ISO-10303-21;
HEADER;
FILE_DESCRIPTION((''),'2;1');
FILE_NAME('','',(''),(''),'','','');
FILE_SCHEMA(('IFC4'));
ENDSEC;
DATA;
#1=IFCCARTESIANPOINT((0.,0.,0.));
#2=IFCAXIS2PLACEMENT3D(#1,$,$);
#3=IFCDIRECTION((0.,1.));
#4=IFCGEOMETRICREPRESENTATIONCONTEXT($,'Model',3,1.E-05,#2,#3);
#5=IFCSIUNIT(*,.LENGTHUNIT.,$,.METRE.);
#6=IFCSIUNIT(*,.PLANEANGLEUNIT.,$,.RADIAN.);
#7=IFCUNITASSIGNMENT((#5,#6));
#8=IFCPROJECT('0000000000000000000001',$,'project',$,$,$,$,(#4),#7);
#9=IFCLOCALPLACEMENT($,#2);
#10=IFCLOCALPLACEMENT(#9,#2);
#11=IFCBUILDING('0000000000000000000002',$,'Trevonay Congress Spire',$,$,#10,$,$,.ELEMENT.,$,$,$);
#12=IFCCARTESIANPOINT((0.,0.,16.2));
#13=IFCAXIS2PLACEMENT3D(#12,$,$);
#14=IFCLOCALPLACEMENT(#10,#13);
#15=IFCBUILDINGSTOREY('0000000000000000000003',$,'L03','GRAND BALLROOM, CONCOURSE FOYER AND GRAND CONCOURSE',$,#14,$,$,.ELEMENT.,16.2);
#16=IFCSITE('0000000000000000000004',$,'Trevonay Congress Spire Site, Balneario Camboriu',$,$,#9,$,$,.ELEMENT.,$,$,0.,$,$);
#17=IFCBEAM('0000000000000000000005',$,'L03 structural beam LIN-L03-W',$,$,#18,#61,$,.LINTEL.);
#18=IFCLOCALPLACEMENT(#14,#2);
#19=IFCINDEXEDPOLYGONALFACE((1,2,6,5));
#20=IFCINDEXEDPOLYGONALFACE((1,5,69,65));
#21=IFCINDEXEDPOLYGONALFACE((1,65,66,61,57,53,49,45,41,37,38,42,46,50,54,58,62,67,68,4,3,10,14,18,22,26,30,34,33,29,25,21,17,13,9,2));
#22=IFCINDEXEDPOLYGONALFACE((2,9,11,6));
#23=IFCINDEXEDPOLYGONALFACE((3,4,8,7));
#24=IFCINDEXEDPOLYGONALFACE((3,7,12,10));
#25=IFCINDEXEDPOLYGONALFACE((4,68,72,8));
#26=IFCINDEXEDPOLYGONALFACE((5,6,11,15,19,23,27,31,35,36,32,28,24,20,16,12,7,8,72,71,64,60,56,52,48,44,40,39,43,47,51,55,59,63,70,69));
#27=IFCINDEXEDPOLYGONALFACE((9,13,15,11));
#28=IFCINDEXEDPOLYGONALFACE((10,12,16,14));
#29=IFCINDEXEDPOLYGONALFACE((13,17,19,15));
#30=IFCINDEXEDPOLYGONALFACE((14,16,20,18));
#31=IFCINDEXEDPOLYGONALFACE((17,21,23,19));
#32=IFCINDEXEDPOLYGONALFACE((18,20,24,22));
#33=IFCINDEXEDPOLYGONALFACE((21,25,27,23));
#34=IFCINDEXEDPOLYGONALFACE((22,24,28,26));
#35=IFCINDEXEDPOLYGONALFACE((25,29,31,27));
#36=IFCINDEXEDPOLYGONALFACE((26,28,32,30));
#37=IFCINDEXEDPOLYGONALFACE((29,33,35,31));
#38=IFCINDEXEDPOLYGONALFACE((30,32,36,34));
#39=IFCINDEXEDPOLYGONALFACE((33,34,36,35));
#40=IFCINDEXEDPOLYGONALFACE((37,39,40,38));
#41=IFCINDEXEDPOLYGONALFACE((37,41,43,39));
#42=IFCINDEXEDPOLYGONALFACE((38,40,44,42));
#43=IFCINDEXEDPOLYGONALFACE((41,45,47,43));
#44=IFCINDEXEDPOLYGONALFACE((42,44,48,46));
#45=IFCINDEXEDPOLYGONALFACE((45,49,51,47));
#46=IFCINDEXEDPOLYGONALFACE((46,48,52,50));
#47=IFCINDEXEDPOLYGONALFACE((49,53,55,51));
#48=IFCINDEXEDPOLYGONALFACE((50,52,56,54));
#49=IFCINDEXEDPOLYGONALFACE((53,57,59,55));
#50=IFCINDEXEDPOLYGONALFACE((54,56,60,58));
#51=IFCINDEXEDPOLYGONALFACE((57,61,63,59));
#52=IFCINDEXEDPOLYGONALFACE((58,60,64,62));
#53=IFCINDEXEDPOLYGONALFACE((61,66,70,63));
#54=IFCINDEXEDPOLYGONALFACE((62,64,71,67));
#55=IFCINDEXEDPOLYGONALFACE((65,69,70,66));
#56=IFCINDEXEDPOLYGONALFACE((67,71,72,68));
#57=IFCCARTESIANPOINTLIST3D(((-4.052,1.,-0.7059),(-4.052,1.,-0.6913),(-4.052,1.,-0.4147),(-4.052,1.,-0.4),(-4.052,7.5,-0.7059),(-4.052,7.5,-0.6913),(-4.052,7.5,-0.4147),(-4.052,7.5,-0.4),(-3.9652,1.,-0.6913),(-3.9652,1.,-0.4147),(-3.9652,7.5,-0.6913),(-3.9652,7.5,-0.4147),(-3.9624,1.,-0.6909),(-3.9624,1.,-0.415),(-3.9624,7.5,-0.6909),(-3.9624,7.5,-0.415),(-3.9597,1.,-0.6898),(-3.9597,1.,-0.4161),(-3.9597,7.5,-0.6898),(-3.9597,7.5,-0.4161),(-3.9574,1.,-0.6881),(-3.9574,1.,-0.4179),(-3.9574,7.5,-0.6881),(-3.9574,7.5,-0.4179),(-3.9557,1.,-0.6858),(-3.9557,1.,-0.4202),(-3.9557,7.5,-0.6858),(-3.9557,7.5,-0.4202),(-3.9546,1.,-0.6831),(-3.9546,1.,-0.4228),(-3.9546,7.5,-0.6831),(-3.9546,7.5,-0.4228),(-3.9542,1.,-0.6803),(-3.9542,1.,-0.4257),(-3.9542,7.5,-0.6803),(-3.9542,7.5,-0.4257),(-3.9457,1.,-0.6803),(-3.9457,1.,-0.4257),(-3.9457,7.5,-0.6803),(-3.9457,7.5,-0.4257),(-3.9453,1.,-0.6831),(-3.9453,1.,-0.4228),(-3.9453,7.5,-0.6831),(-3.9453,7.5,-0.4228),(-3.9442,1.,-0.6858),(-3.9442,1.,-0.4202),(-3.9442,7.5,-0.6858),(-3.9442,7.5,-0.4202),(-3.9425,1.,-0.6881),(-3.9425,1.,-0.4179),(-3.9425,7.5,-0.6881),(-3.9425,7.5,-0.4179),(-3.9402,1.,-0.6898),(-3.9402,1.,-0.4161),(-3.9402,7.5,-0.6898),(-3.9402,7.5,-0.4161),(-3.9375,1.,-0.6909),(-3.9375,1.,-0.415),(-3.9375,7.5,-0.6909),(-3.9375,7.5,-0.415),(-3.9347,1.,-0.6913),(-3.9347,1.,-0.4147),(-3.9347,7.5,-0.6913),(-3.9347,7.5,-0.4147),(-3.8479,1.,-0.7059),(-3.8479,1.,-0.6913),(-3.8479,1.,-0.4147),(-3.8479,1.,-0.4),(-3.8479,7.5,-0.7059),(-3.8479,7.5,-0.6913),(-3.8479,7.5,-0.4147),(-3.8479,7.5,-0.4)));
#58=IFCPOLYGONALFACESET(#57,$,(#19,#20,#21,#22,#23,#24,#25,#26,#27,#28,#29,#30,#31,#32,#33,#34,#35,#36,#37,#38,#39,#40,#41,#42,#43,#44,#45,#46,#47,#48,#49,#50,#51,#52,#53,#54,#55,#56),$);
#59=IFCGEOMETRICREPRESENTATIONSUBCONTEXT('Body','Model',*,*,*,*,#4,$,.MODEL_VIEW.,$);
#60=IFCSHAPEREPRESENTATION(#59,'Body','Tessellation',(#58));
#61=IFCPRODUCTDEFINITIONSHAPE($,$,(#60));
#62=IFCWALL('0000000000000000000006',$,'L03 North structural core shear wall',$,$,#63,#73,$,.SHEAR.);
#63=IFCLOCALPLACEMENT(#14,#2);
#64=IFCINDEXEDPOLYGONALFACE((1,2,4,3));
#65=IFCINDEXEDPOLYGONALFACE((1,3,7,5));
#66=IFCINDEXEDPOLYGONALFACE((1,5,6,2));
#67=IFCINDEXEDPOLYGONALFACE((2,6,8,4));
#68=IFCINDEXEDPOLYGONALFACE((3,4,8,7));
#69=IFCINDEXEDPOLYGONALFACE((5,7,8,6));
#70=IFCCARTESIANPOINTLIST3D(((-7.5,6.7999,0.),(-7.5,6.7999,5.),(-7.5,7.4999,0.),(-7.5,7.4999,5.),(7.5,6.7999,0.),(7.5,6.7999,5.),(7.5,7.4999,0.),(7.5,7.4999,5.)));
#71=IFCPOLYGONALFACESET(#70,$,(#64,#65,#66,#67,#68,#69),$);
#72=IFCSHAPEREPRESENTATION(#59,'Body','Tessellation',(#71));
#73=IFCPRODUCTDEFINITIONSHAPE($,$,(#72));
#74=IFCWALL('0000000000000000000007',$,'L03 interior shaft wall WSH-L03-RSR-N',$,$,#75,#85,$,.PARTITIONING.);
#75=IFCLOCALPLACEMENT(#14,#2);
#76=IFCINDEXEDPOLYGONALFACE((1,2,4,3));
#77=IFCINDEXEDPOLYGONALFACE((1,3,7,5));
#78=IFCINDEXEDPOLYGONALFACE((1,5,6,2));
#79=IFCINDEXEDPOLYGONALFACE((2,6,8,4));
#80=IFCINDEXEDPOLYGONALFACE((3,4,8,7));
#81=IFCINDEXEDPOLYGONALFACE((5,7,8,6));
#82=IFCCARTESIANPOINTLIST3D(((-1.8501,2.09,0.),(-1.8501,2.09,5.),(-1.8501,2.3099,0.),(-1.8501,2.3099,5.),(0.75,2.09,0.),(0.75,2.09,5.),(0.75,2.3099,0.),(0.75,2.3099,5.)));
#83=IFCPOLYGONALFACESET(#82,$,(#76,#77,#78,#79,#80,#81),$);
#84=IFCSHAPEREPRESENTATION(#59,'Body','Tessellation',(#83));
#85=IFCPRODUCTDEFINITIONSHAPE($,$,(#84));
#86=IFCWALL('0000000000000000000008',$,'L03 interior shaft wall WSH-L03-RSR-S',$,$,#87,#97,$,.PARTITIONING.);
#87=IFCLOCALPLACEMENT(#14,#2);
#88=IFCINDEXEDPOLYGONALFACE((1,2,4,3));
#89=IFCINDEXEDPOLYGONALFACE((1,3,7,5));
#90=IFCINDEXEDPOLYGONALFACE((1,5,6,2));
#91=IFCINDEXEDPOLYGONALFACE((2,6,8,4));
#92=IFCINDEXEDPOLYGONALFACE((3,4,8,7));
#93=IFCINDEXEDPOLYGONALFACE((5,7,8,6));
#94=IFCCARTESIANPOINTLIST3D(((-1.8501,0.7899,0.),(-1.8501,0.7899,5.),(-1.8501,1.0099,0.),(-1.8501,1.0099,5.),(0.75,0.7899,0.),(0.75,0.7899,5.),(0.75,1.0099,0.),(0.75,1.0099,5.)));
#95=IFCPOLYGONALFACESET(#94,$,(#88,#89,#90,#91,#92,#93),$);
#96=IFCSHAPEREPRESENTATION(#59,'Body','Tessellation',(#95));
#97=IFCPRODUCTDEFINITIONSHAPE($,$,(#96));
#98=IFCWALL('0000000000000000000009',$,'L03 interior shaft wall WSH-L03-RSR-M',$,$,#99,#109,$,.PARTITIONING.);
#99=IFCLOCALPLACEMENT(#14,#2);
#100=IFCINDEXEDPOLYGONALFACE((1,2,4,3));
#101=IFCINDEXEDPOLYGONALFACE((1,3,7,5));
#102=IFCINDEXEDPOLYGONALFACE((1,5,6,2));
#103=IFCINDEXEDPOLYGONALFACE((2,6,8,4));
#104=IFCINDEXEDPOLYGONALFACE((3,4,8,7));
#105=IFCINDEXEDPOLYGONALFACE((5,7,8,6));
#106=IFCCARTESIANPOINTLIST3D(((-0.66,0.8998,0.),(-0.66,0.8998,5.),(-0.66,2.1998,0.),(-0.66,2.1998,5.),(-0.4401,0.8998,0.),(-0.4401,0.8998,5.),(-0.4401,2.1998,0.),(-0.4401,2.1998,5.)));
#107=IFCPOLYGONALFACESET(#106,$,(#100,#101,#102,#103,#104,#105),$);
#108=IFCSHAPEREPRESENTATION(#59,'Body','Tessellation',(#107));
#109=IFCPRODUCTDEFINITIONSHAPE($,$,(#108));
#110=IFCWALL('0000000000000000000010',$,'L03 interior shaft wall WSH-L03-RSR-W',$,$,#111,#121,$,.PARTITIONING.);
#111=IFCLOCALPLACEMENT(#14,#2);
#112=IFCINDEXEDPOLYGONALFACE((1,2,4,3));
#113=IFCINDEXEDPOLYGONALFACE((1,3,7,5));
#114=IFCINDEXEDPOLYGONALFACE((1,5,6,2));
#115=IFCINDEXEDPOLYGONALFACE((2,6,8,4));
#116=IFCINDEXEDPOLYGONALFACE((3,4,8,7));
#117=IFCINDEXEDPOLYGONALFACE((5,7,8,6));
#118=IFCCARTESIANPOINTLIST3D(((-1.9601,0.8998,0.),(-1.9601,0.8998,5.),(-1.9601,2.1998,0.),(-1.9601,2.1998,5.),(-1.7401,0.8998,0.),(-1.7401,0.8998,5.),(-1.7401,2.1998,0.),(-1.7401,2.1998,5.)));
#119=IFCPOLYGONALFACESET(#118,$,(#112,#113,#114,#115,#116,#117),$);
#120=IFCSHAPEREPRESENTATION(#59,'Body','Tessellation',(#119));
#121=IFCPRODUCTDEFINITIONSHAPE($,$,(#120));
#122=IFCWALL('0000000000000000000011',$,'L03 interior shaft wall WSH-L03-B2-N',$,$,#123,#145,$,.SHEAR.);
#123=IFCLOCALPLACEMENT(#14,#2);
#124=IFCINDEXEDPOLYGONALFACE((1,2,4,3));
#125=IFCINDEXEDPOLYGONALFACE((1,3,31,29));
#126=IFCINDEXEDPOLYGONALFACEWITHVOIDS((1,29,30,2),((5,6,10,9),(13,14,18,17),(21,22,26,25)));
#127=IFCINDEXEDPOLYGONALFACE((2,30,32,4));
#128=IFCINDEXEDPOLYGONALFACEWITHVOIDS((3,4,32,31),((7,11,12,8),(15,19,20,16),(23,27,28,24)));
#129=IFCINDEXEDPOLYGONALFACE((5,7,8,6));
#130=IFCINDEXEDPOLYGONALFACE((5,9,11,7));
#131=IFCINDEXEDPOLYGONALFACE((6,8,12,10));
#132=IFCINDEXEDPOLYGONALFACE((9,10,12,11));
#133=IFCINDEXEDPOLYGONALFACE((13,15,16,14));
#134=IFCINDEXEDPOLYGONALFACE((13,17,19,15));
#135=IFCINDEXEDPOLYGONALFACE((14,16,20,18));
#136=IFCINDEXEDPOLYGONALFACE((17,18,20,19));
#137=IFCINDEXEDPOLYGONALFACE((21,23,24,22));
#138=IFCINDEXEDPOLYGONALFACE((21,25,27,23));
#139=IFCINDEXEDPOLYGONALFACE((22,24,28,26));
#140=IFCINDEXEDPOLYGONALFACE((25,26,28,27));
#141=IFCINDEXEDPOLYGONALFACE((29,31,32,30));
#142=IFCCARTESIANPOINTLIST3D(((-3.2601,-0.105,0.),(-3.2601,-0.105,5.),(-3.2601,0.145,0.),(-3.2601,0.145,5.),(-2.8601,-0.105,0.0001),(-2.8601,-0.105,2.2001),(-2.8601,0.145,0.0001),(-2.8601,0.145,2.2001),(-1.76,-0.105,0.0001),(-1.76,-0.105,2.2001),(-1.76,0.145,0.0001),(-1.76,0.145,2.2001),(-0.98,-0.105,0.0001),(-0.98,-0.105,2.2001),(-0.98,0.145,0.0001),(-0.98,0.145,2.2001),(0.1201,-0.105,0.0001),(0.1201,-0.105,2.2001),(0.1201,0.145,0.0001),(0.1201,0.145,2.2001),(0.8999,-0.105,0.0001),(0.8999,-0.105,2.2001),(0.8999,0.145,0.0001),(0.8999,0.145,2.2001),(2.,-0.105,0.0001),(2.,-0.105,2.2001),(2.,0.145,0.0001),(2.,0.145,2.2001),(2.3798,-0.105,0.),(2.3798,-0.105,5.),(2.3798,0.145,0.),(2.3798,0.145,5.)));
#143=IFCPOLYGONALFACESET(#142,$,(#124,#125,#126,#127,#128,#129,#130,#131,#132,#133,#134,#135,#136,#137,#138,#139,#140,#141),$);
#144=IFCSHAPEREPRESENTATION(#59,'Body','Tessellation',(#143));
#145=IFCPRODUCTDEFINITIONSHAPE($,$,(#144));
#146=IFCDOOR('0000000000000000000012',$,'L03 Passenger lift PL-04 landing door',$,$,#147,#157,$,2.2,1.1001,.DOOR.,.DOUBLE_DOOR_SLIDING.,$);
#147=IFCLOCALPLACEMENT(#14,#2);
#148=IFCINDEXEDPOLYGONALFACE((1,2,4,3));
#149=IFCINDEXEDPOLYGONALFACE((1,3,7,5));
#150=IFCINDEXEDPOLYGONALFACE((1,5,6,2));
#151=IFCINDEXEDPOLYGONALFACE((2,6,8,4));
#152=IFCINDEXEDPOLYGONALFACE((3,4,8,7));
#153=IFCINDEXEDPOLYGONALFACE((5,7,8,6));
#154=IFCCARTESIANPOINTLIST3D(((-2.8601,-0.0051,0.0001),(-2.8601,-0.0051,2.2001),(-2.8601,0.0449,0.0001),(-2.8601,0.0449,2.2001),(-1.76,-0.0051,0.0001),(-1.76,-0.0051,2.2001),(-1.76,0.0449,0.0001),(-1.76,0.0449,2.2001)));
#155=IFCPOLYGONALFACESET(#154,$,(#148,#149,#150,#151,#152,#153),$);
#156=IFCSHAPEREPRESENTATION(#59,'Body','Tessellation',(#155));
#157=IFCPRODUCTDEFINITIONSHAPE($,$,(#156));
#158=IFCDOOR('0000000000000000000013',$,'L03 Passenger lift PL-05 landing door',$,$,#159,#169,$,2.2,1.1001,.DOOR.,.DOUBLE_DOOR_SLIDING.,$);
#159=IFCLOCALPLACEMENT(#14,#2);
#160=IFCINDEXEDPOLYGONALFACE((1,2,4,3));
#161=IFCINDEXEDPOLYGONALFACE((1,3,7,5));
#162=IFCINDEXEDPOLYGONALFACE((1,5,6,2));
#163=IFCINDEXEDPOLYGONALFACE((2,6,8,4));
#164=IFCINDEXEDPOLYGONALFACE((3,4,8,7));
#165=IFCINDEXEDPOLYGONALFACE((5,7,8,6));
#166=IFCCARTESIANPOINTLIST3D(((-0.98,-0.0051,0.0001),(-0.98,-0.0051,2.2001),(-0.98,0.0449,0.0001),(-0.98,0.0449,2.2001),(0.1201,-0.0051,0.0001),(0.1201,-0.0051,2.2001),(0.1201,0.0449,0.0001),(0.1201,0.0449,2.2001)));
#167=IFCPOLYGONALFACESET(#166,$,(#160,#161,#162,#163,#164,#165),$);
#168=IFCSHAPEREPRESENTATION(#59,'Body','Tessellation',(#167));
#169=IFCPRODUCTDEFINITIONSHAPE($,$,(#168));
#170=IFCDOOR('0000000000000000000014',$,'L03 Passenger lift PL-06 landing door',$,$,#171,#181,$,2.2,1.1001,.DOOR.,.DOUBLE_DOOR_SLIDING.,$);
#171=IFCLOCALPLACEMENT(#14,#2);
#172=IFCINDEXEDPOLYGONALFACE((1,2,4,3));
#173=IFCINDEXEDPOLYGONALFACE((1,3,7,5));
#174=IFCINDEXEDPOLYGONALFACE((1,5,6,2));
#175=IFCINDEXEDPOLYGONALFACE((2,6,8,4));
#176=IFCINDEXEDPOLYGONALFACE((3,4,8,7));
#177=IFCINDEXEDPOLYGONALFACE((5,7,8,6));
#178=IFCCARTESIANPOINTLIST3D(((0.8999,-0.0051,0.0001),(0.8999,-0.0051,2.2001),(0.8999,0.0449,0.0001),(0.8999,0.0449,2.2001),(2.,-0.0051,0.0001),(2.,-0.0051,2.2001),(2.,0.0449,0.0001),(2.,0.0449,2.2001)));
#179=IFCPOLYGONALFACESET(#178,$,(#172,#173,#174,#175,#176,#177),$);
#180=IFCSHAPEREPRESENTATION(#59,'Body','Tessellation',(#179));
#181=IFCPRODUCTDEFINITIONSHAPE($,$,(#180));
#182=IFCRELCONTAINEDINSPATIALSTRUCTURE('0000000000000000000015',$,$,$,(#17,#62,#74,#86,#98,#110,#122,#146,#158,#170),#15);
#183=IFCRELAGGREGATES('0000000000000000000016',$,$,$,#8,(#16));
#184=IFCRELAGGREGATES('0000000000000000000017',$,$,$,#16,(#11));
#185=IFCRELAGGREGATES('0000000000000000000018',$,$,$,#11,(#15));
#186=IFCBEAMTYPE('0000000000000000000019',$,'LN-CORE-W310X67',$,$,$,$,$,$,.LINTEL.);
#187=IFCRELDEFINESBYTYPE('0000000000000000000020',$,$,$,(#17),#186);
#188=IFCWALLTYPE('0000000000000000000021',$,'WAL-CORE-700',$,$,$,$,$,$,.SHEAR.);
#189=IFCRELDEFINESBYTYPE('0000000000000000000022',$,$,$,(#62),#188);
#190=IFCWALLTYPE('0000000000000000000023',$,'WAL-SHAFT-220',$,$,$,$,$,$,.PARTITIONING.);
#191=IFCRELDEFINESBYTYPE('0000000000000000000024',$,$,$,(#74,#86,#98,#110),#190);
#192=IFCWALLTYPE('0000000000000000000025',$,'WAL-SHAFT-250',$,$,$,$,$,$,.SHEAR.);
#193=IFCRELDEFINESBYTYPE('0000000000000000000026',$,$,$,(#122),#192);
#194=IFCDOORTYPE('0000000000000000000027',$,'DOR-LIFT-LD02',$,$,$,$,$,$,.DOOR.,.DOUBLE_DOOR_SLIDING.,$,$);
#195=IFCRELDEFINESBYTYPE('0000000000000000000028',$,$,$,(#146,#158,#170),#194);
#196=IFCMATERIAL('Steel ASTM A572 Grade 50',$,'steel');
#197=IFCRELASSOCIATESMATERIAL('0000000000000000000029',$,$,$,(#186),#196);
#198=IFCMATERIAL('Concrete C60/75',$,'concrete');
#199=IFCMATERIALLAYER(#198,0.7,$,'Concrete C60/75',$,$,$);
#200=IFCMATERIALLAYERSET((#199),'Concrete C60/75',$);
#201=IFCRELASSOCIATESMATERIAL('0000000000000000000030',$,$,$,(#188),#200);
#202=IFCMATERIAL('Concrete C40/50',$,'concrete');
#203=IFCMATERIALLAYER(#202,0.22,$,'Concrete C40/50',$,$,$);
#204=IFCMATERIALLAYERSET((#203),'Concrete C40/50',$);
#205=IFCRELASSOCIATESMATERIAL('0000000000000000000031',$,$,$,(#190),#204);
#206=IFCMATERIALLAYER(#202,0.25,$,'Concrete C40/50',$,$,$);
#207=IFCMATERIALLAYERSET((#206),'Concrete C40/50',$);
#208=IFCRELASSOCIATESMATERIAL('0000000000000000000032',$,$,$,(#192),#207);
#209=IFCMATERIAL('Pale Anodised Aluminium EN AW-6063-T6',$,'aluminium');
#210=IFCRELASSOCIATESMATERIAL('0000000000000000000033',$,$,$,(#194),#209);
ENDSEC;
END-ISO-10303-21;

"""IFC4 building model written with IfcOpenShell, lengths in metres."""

from ifc_helpers import new_model, si_unit, direction, frame, frame_2d, origin, origin_2d, place, context, subcontext, project, spatial, rectangle, i_section, extrude, material, layer, layer_set, material_profile, profile_set, type_object, element, fill, save


model = new_model("IFC4")

# Units and contexts
model_context = context("Model", 3, precision=1e-05, world=origin(), true_north=direction((0.0, 1.0)))
body_context = subcontext(model_context, "Body", "Model", "MODEL_VIEW")
ifc_project = project(units=[si_unit("LENGTHUNIT", "METRE"), si_unit("PLANEANGLEUNIT", "RADIAN")], contexts=[model_context])

# Site, building, storey
site_placement = place(None, origin())
site = spatial("IfcSite", under=ifc_project, at=site_placement, Name="Trevonay Congress Spire Site, Balneario Camboriu", CompositionType="ELEMENT", RefElevation=0.0)
building_placement = place(site_placement, origin())
building = spatial("IfcBuilding", under=site, at=building_placement, Name="Trevonay Congress Spire", CompositionType="ELEMENT")
storey_placement = place(building_placement, frame((0.0, 0.0, 16.2)))
storey = spatial("IfcBuildingStorey", under=building, at=storey_placement, Name="L03", Description="GRAND BALLROOM, CONCOURSE FOYER AND GRAND CONCOURSE", CompositionType="ELEMENT", Elevation=16.2)

# Shared definitions
ifc_material_1 = material(Name="Steel ASTM A572 Grade 50", Category="steel")

# Beam
ifc_material_profile_1 = material_profile(ifc_material_1, i_section(OverallWidth=0.2041, OverallDepth=0.3059, WebThickness=0.0085, FlangeThickness=0.0146, FilletRadius=0.011, at=origin_2d()), Name="W310x67")
ifc_profile_set_1 = profile_set([ifc_material_profile_1], Name="Steel ASTM A572 Grade 50")
beam_type_1 = type_object("IfcBeamType", Name="LN-CORE-W310X67", PredefinedType="LINTEL", material=ifc_profile_set_1)
beam_1_placement = place(storey_placement, frame((-3.95, 1.0, -0.553), z_axis=(0.0, 1.0, 0.0), x_axis=(-1.0, 0.0, 0.0)))
element("IfcBeam", 1, at=beam_1_placement, inside=storey, type_object=beam_type_1, Name="L03 structural beam LIN-L03-W", PredefinedType="LINTEL", context=body_context, shape_type="SweptSolid", body=[
    extrude(i_section(OverallWidth=0.2041, OverallDepth=0.3059, WebThickness=0.0085, FlangeThickness=0.0146, FilletRadius=0.011, at=origin_2d()), origin(), (0.0, 0.0, 1.0), 6.5),
])

# Walls
ifc_material_2 = material(Name="Concrete C60/75", Category="concrete")
ifc_layer_1 = layer(ifc_material_2, 0.7, Name="Concrete C60/75")
ifc_layer_set_1 = layer_set([ifc_layer_1], Name="Concrete C60/75")
wall_type_1 = type_object("IfcWallType", Name="WAL-CORE-700", PredefinedType="SHEAR", material=ifc_layer_set_1)
wall_1_placement = place(storey_placement, frame((-7.5, 7.1499, 0.0), z_axis=(0.0, 0.0, 1.0), x_axis=(1.0, 0.0, 0.0)))
element("IfcWall", 2, at=wall_1_placement, inside=storey, type_object=wall_type_1, Name="L03 North structural core shear wall", PredefinedType="SHEAR", context=body_context, shape_type="SweptSolid", body=[
    extrude(rectangle(XDim=15.0, YDim=0.7, at=frame_2d((7.5, 0.0))), origin(), (0.0, 0.0, 1.0), 5.0),
])
ifc_material_3 = material(Name="Concrete C40/50", Category="concrete")
ifc_layer_2 = layer(ifc_material_3, 0.22, Name="Concrete C40/50")
ifc_layer_set_2 = layer_set([ifc_layer_2], Name="Concrete C40/50")
wall_type_2 = type_object("IfcWallType", Name="WAL-SHAFT-220", PredefinedType="PARTITIONING", material=ifc_layer_set_2)
for number, where, z_axis, x_axis, name in (
    (3, (-1.8501, 2.2, 0.0), (0.0, 0.0, 1.0), (1.0, 0.0, 0.0), "L03 interior shaft wall WSH-L03-RSR-N"),
    (4, (-1.8501, 0.8999, 0.0), (0.0, 0.0, 1.0), (1.0, 0.0, 0.0), "L03 interior shaft wall WSH-L03-RSR-S"),
):
    element("IfcWall", number, at=place(storey_placement, frame(where, z_axis=z_axis, x_axis=x_axis)), inside=storey, type_object=wall_type_2, Name=name, PredefinedType="PARTITIONING", context=body_context, shape_type="SweptSolid", body=[
        extrude(rectangle(XDim=2.6001, YDim=0.22, at=frame_2d((1.3, 0.0))), origin(), (0.0, 0.0, 1.0), 5.0),
    ])
for number, where, z_axis, x_axis, name in (
    (5, (-0.55, 0.8999, 0.0), (0.0, 0.0, 1.0), (0.0, 1.0, 0.0), "L03 interior shaft wall WSH-L03-RSR-M"),
    (6, (-1.8501, 0.8999, 0.0), (0.0, 0.0, 1.0), (0.0, 1.0, 0.0), "L03 interior shaft wall WSH-L03-RSR-W"),
):
    element("IfcWall", number, at=place(storey_placement, frame(where, z_axis=z_axis, x_axis=x_axis)), inside=storey, type_object=wall_type_2, Name=name, PredefinedType="PARTITIONING", context=body_context, shape_type="SweptSolid", body=[
        extrude(rectangle(XDim=1.3, YDim=0.22, at=frame_2d((0.6499, 0.0))), origin(), (0.0, 0.0, 1.0), 5.0),
    ])

# Wall, openings, doors
ifc_layer_3 = layer(ifc_material_3, 0.25, Name="Concrete C40/50")
ifc_layer_set_3 = layer_set([ifc_layer_3], Name="Concrete C40/50")
wall_type_3 = type_object("IfcWallType", Name="WAL-SHAFT-250", PredefinedType="SHEAR", material=ifc_layer_set_3)
wall_2_placement = place(storey_placement, frame((-3.26, 0.02, 0.0), z_axis=(0.0, 0.0, 1.0), x_axis=(1.0, 0.0, 0.0)))
wall_2 = element("IfcWall", 7, at=wall_2_placement, inside=storey, type_object=wall_type_3, Name="L03 interior shaft wall WSH-L03-B2-N", PredefinedType="SHEAR", context=body_context, shape_type="SweptSolid", body=[
    extrude(rectangle(XDim=5.6399, YDim=0.25, at=frame_2d((2.8198, 0.0))), origin(), (0.0, 0.0, 1.0), 5.0),
])
opening_1_placement = place(wall_2_placement, frame((0.3999, 0.0, 0.0)))
opening_1 = element("IfcOpeningElement", 8, at=opening_1_placement, cuts=wall_2, PredefinedType="OPENING", context=body_context, shape_type="SweptSolid", body=[
    extrude(rectangle(XDim=1.1001, YDim=2.2, at=frame_2d((0.55, 1.1001))), frame((0.0, 0.135, 0.0), z_axis=(0.0, -1.0, 0.0), x_axis=(1.0, 0.0, 0.0)), (0.0, 0.0, 1.0), 0.27),
])
opening_2_placement = place(wall_2_placement, frame((2.28, 0.0, 0.0)))
opening_2 = element("IfcOpeningElement", 9, at=opening_2_placement, cuts=wall_2, PredefinedType="OPENING", context=body_context, shape_type="SweptSolid", body=[
    extrude(rectangle(XDim=1.1001, YDim=2.2, at=frame_2d((0.55, 1.1001))), frame((0.0, 0.135, 0.0), z_axis=(0.0, -1.0, 0.0), x_axis=(1.0, 0.0, 0.0)), (0.0, 0.0, 1.0), 0.27),
])
opening_3_placement = place(wall_2_placement, frame((4.1599, 0.0, 0.0)))
opening_3 = element("IfcOpeningElement", 10, at=opening_3_placement, cuts=wall_2, PredefinedType="OPENING", context=body_context, shape_type="SweptSolid", body=[
    extrude(rectangle(XDim=1.1001, YDim=2.2, at=frame_2d((0.55, 1.1001))), frame((0.0, 0.135, 0.0), z_axis=(0.0, -1.0, 0.0), x_axis=(1.0, 0.0, 0.0)), (0.0, 0.0, 1.0), 0.27),
])
ifc_material_4 = material(Name="Pale Anodised Aluminium EN AW-6063-T6", Category="aluminium")
door_type_1 = type_object("IfcDoorType", Name="DOR-LIFT-LD02", OperationType="DOUBLE_DOOR_SLIDING", PredefinedType="DOOR", material=ifc_material_4)
door_1_placement = place(opening_1_placement, origin())
door_1 = element("IfcDoor", 11, at=door_1_placement, inside=storey, type_object=door_type_1, Name="L03 Passenger lift PL-04 landing door", OperationType="DOUBLE_DOOR_SLIDING", OverallHeight=2.2, OverallWidth=1.1001, PredefinedType="DOOR", context=body_context, shape_type="SweptSolid", body=[
    extrude(rectangle(XDim=1.1001, YDim=2.2, at=frame_2d((0.55, 1.1001))), frame((0.0, 0.0249, 0.0), z_axis=(0.0, -1.0, 0.0), x_axis=(1.0, 0.0, 0.0)), (0.0, 0.0, 1.0), 0.05),
])
fill(opening_1, door_1)
door_2_placement = place(opening_2_placement, origin())
door_2 = element("IfcDoor", 12, at=door_2_placement, inside=storey, type_object=door_type_1, Name="L03 Passenger lift PL-05 landing door", OperationType="DOUBLE_DOOR_SLIDING", OverallHeight=2.2, OverallWidth=1.1001, PredefinedType="DOOR", context=body_context, shape_type="SweptSolid", body=[
    extrude(rectangle(XDim=1.1001, YDim=2.2, at=frame_2d((0.55, 1.1001))), frame((0.0, 0.0249, 0.0), z_axis=(0.0, -1.0, 0.0), x_axis=(1.0, 0.0, 0.0)), (0.0, 0.0, 1.0), 0.05),
])
fill(opening_2, door_2)
door_3_placement = place(opening_3_placement, origin())
door_3 = element("IfcDoor", 13, at=door_3_placement, inside=storey, type_object=door_type_1, Name="L03 Passenger lift PL-06 landing door", OperationType="DOUBLE_DOOR_SLIDING", OverallHeight=2.2, OverallWidth=1.1001, PredefinedType="DOOR", context=body_context, shape_type="SweptSolid", body=[
    extrude(rectangle(XDim=1.1001, YDim=2.2, at=frame_2d((0.55, 1.1001))), frame((0.0, 0.0249, 0.0), z_axis=(0.0, -1.0, 0.0), x_axis=(1.0, 0.0, 0.0)), (0.0, 0.0, 1.0), 0.05),
])
fill(opening_3, door_3)

save(model, "model.ifc")
